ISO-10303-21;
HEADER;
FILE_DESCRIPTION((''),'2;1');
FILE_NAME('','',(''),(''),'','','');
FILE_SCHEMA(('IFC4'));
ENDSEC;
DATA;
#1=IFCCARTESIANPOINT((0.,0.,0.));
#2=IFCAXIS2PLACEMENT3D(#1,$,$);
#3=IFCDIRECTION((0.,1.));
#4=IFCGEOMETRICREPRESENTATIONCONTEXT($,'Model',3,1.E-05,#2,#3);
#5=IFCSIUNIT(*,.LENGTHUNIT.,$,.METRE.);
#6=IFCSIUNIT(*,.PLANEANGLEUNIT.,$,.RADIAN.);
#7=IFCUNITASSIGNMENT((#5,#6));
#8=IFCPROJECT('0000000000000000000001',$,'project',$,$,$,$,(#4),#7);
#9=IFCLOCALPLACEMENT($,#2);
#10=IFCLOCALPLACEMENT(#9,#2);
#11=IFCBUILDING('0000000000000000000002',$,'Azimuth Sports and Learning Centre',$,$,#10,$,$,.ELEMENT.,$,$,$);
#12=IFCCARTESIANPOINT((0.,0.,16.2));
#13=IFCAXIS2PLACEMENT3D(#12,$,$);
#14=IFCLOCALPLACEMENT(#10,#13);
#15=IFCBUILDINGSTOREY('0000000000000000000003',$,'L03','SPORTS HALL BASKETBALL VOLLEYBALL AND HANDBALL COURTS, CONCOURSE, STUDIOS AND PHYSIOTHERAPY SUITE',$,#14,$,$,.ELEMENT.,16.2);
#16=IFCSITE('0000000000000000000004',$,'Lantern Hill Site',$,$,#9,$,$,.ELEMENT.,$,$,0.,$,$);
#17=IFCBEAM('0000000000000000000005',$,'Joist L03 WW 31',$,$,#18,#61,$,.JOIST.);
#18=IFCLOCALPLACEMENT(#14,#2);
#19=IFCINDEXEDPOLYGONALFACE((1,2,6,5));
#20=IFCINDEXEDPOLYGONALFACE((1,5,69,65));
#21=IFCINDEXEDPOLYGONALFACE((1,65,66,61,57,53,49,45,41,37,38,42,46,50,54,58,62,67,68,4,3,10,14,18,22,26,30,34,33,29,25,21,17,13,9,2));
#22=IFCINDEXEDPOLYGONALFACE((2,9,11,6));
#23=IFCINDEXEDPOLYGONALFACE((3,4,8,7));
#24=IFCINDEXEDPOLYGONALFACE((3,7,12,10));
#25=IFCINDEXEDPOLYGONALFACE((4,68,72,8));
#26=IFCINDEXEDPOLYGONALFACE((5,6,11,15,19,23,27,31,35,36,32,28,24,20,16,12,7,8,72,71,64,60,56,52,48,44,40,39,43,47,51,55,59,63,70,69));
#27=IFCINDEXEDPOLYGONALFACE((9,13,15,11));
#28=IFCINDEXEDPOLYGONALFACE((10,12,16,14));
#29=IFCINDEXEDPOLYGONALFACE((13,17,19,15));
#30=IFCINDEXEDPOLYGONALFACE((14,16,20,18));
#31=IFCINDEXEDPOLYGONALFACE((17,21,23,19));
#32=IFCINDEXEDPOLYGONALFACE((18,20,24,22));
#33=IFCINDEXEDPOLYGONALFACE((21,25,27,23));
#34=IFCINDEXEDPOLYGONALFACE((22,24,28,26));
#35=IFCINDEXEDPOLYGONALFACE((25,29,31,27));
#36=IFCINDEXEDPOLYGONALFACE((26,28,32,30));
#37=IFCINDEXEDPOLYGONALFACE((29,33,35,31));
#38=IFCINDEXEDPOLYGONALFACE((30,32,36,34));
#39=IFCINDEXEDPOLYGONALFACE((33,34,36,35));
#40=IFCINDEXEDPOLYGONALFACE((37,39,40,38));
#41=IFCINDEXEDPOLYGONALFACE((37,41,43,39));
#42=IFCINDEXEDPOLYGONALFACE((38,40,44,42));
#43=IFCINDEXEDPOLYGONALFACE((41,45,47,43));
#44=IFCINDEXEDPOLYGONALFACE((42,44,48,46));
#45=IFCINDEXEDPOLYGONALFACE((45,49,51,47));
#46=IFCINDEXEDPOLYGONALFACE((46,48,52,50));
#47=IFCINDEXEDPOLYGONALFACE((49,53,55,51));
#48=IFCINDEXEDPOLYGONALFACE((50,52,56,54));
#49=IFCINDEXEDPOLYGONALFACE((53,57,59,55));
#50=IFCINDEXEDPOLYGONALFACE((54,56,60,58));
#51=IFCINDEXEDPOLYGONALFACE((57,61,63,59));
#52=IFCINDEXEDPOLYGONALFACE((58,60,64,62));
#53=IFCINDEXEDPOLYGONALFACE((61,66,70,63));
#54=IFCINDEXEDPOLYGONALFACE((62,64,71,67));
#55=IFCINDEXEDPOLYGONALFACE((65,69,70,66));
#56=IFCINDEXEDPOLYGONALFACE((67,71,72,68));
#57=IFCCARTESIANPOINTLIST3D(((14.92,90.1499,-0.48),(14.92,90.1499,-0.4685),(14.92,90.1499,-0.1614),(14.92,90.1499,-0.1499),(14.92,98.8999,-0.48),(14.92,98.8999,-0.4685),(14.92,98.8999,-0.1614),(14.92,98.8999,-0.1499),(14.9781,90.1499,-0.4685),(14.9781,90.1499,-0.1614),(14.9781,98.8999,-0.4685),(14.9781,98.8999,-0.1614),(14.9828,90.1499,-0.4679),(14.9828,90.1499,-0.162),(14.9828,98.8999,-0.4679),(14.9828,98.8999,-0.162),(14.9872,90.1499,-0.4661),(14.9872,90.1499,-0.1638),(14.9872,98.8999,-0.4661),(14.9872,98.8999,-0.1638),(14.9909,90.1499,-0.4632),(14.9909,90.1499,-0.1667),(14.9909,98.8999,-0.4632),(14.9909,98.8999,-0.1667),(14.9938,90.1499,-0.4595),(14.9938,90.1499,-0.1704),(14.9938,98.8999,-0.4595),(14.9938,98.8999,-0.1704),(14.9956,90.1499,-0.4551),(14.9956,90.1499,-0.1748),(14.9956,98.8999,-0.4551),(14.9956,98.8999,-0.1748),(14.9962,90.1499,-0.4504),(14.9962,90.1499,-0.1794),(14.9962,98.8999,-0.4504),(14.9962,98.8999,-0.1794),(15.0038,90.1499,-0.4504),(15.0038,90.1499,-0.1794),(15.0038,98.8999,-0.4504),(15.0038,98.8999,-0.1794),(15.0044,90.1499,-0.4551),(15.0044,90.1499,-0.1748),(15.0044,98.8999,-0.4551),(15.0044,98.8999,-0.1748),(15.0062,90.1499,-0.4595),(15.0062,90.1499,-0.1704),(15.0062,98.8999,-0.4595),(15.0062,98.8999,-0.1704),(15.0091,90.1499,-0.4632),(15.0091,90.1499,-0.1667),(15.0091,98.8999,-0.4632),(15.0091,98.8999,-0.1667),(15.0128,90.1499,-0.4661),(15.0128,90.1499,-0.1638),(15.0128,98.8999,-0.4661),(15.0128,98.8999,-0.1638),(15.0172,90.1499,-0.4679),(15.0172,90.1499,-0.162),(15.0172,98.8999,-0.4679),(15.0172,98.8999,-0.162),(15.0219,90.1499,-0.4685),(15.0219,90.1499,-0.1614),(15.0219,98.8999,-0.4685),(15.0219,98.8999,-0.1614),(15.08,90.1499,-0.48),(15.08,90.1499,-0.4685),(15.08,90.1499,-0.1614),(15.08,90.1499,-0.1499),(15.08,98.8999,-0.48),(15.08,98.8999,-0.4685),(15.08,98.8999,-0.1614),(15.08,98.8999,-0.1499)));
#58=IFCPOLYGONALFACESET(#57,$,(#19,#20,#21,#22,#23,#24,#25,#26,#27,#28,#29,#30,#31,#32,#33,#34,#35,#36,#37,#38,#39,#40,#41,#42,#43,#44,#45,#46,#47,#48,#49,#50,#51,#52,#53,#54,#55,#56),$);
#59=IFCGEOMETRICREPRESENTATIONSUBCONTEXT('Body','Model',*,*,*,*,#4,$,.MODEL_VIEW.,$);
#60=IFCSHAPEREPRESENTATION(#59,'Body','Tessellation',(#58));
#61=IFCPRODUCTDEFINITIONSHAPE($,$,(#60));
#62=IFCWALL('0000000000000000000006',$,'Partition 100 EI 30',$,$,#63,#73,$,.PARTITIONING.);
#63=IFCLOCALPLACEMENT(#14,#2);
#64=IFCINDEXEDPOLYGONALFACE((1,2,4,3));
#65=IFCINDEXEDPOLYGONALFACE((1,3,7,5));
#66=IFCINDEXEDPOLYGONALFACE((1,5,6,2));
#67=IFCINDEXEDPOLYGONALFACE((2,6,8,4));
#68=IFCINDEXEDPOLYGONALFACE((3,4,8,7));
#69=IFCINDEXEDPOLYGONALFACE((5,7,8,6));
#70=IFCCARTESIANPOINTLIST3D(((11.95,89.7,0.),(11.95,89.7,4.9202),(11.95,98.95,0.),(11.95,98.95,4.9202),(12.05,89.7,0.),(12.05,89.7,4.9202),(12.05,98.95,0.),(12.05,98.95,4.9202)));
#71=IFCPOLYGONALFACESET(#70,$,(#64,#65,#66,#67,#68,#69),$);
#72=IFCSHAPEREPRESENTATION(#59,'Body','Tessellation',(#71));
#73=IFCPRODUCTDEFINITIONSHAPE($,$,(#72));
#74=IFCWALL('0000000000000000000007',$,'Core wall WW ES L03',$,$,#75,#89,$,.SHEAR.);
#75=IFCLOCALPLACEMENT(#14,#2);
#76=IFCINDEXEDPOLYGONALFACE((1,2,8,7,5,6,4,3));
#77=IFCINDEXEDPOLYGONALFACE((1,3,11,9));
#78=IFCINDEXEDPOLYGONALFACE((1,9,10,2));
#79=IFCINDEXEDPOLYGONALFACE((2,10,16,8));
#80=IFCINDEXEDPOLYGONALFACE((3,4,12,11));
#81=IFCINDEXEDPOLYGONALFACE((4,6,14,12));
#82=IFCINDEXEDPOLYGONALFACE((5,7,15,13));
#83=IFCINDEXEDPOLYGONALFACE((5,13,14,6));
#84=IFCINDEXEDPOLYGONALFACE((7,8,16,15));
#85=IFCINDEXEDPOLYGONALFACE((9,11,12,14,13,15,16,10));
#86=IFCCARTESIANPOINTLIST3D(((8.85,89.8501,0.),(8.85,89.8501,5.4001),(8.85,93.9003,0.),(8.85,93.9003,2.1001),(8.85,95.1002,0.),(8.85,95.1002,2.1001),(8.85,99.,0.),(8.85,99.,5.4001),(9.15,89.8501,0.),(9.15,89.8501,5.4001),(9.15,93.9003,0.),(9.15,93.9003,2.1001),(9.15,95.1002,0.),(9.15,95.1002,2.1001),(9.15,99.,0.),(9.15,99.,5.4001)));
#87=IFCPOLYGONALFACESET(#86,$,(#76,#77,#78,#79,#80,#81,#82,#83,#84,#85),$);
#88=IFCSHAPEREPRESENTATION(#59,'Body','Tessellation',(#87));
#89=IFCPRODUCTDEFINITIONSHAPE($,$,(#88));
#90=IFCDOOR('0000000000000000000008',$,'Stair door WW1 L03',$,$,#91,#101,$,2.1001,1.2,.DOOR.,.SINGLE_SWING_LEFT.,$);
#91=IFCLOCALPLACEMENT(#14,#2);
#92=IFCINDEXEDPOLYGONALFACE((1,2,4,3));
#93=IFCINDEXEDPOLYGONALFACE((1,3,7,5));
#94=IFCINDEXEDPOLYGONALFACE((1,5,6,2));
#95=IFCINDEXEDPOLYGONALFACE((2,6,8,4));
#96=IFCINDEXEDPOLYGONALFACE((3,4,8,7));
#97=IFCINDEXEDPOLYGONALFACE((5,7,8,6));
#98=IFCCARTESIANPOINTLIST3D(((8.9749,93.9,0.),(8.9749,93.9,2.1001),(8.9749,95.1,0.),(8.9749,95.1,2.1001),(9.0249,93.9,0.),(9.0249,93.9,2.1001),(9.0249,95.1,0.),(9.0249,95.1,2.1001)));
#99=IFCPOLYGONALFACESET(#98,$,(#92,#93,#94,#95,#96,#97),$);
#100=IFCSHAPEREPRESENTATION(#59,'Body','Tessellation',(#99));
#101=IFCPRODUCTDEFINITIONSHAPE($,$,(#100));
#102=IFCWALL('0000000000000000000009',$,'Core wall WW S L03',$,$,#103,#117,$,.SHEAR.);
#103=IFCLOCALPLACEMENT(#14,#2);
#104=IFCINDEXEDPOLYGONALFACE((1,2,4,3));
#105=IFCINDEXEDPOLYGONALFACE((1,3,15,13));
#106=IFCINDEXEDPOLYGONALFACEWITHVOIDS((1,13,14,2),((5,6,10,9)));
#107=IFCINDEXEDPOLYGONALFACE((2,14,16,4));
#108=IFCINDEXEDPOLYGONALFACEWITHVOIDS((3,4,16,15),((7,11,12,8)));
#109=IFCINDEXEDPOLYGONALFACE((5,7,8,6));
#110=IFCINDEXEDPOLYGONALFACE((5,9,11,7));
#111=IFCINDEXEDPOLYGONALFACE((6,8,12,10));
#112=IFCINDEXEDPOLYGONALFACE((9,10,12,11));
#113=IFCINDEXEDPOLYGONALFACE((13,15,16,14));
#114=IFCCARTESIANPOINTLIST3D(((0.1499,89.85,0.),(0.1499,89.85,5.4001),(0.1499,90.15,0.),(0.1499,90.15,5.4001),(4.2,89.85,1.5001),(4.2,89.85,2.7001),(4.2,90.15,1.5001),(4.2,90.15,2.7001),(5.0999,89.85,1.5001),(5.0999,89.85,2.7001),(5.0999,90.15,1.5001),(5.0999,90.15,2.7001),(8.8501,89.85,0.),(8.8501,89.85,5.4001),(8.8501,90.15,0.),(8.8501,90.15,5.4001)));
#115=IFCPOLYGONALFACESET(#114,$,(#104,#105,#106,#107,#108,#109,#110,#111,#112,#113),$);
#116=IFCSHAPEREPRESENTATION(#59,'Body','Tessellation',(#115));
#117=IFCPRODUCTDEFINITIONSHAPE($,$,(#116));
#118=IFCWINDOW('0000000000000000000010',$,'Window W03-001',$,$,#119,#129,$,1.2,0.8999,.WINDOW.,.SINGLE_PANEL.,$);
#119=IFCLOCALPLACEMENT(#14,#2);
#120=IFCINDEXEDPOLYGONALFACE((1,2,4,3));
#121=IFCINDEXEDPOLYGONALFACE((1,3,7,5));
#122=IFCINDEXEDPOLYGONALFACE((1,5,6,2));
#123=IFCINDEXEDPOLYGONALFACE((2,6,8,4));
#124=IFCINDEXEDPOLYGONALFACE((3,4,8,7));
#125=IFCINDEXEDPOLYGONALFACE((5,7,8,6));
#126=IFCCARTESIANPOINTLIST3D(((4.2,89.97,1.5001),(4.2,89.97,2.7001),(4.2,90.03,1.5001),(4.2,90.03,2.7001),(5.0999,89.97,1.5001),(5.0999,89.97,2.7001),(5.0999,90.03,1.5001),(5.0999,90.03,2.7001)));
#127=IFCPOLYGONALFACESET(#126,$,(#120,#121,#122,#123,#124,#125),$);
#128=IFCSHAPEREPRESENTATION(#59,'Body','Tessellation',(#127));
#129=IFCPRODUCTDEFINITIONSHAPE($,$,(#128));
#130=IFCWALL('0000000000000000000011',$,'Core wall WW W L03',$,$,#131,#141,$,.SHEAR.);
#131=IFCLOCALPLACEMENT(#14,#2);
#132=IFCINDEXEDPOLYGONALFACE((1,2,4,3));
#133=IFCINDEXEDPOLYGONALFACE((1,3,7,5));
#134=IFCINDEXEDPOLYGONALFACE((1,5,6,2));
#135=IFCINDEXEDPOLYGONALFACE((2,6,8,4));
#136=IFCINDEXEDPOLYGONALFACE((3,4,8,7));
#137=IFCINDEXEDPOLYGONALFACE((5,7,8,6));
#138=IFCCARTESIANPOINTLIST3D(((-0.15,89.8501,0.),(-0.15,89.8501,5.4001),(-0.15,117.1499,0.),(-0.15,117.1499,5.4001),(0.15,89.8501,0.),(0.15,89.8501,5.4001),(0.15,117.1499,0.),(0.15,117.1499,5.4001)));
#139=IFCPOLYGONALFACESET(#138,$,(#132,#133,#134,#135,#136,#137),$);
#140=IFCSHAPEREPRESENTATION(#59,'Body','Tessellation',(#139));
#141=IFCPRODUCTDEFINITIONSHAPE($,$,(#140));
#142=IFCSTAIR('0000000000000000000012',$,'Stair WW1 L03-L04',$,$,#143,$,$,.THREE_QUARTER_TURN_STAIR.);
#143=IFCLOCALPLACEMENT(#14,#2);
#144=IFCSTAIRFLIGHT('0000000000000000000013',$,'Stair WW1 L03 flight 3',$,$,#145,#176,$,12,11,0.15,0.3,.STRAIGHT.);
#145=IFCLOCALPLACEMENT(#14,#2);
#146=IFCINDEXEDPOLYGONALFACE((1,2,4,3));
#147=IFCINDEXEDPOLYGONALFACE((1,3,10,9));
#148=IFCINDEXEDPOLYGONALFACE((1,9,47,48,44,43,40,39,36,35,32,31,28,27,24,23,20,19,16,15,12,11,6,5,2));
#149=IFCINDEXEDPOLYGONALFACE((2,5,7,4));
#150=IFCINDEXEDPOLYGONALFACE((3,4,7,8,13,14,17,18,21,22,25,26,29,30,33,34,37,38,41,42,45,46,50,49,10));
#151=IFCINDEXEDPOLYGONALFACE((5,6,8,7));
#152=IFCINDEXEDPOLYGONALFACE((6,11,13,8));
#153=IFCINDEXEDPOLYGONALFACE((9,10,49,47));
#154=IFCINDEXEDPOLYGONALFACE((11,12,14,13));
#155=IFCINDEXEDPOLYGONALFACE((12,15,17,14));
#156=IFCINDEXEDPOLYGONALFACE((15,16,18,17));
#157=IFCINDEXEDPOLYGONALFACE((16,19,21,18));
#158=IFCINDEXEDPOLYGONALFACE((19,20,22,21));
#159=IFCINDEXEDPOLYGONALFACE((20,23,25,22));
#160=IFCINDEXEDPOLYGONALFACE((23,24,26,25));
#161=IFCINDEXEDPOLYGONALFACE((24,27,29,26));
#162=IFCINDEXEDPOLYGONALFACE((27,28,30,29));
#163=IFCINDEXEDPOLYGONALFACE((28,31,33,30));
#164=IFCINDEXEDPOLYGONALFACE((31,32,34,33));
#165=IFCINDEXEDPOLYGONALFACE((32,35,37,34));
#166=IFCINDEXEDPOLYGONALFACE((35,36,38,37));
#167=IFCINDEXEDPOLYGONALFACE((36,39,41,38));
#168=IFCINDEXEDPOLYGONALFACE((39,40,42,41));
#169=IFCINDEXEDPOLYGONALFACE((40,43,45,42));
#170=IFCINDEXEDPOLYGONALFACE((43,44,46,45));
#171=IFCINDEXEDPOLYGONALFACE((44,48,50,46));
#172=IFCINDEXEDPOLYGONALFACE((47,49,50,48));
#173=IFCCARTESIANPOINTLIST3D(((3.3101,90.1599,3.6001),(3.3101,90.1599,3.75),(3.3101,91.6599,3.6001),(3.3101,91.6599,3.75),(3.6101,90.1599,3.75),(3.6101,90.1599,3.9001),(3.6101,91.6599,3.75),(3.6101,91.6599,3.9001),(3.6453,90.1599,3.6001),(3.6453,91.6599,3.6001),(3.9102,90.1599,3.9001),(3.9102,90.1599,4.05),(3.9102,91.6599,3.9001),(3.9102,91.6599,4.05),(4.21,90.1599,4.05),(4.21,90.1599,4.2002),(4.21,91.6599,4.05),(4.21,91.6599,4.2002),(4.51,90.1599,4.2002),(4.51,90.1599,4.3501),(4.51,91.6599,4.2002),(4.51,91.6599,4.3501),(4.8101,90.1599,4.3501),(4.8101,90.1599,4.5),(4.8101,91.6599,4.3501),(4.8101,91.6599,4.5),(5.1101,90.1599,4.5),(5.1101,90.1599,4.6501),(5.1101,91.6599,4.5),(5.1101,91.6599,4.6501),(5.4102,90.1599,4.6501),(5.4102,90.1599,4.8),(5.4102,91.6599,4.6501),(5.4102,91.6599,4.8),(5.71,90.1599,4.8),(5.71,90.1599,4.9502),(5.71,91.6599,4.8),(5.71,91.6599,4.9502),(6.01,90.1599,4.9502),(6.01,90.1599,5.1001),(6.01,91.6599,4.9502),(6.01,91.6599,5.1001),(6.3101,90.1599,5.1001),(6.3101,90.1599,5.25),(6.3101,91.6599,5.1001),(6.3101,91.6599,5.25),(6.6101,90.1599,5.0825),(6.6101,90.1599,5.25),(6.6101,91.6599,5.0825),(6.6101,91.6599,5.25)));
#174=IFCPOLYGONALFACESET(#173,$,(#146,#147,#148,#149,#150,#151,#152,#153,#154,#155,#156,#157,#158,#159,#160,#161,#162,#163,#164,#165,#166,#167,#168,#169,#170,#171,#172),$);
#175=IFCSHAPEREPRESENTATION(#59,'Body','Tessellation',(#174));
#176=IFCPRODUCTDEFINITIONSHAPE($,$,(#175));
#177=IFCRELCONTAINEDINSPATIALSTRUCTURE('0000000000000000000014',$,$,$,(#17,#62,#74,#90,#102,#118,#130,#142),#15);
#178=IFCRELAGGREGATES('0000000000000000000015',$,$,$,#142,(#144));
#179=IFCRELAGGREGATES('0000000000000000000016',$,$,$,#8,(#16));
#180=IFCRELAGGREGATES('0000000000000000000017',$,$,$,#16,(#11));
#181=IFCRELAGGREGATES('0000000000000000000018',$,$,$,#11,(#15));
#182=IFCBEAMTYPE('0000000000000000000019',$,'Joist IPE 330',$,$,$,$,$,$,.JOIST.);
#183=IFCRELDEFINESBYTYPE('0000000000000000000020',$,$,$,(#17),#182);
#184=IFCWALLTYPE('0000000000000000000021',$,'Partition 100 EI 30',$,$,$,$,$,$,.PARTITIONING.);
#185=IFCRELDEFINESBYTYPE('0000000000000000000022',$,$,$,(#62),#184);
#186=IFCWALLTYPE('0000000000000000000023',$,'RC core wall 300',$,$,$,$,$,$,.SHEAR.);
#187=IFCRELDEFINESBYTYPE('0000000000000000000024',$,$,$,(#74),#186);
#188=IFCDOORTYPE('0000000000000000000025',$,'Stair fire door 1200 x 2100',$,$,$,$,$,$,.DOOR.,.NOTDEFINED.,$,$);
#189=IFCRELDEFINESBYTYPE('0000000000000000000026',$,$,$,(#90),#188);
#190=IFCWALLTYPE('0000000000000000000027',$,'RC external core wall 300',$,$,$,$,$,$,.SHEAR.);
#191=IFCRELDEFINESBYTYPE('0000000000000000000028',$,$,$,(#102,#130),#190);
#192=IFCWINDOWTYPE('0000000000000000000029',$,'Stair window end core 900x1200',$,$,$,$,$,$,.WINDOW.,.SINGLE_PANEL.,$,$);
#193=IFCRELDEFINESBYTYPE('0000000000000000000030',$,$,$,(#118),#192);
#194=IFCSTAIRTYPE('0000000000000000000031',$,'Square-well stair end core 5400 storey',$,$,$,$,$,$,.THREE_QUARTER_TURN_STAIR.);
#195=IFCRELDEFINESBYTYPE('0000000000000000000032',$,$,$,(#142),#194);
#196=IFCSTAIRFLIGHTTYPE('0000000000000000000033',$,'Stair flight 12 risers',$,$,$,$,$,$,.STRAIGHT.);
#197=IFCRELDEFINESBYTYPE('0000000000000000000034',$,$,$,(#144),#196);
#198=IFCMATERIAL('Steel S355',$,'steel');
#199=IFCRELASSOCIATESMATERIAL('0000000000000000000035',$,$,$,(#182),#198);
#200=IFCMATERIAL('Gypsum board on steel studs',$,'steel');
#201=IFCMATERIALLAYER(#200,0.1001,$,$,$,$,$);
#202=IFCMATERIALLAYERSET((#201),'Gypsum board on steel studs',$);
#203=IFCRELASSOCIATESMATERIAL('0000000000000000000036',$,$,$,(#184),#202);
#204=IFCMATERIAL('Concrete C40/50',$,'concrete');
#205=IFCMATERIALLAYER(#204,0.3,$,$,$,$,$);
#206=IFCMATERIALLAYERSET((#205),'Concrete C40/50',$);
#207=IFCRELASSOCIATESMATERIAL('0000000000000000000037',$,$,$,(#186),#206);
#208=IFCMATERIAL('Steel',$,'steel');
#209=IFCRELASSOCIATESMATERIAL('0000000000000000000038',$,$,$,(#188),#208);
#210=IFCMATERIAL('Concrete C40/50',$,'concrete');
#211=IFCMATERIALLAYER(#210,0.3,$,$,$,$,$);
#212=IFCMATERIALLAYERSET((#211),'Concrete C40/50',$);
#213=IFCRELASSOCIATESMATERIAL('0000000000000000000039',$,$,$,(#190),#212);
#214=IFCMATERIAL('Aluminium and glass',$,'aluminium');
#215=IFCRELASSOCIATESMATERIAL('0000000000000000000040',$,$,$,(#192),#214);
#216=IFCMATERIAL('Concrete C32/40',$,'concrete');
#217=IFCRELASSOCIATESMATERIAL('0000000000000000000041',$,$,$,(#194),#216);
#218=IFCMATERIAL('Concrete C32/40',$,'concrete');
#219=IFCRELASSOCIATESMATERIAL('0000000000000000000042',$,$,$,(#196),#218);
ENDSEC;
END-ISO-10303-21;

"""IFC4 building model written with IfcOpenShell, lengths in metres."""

from ifc_helpers import new_model, si_unit, direction, frame, frame_2d, origin, origin_2d, place, context, subcontext, project, spatial, polyline, rectangle, i_section, outline, extrude, material, layer, layer_set, material_profile, profile_set, type_object, element, fill, aggregate, save


model = new_model("IFC4")

# Units and contexts
model_context = context("Model", 3, precision=1e-05, world=origin(), true_north=direction((0.0, 1.0)))
body_context = subcontext(model_context, "Body", "Model", "MODEL_VIEW")
ifc_project = project(units=[si_unit("LENGTHUNIT", "METRE"), si_unit("PLANEANGLEUNIT", "RADIAN")], contexts=[model_context])

# Site, building, storey
site_placement = place(None, origin())
site = spatial("IfcSite", under=ifc_project, at=site_placement, Name="Lantern Hill Site", CompositionType="ELEMENT", RefElevation=0.0)
building_placement = place(site_placement, origin())
building = spatial("IfcBuilding", under=site, at=building_placement, Name="Azimuth Sports and Learning Centre", CompositionType="ELEMENT")
storey_placement = place(building_placement, frame((0.0, 0.0, 16.2)))
storey = spatial("IfcBuildingStorey", under=building, at=storey_placement, Name="L03", Description="SPORTS HALL BASKETBALL VOLLEYBALL AND HANDBALL COURTS, CONCOURSE, STUDIOS AND PHYSIOTHERAPY SUITE", CompositionType="ELEMENT", Elevation=16.2)

# Beam
ifc_material_1 = material(Name="Steel S355", Category="steel")
ifc_material_profile_1 = material_profile(ifc_material_1, i_section(OverallWidth=0.1599, OverallDepth=0.3301, WebThickness=0.0076, FlangeThickness=0.0115, FilletRadius=0.0181, at=origin_2d()), Name="IPE 330")
ifc_profile_set_1 = profile_set([ifc_material_profile_1], Name="Steel S355")
beam_type_1 = type_object("IfcBeamType", Name="Joist IPE 330", PredefinedType="JOIST", material=ifc_profile_set_1)
for number, where, z_axis, x_axis, name in (
    (1, (15.0, 90.1499, -0.3149), (0.0, 1.0, 0.0), (-1.0, 0.0, 0.0), "Joist L03 WW 31"),
):
    element("IfcBeam", number, at=place(storey_placement, frame(where, z_axis=z_axis, x_axis=x_axis)), inside=storey, type_object=beam_type_1, Name=name, PredefinedType="JOIST", context=body_context, shape_type="SweptSolid", body=[
        extrude(i_section(OverallWidth=0.1599, OverallDepth=0.3301, WebThickness=0.0076, FlangeThickness=0.0115, FilletRadius=0.0181, at=origin_2d()), origin(), (0.0, 0.0, 1.0), 8.75),
    ])

# Wall
ifc_material_2 = material(Name="Gypsum board on steel studs", Category="steel")
ifc_layer_1 = layer(ifc_material_2, 0.1001)
ifc_layer_set_1 = layer_set([ifc_layer_1], Name="Gypsum board on steel studs")
wall_type_1 = type_object("IfcWallType", Name="Partition 100 EI 30", PredefinedType="PARTITIONING", material=ifc_layer_set_1)
wall_1_placement = place(storey_placement, frame((12.0, 89.7, 0.0), z_axis=(0.0, 0.0, 1.0), x_axis=(0.0, 1.0, 0.0)))
element("IfcWall", 2, at=wall_1_placement, inside=storey, type_object=wall_type_1, Name="Partition 100 EI 30", PredefinedType="PARTITIONING", context=body_context, shape_type="SweptSolid", body=[
    extrude(rectangle(XDim=9.25, YDim=0.1001, at=frame_2d((4.625, 0.0))), origin(), (0.0, 0.0, 1.0), 4.9202),
])

# Wall, opening, door
ifc_material_3 = material(Name="Concrete C40/50", Category="concrete")
ifc_layer_2 = layer(ifc_material_3, 0.3)
ifc_layer_set_2 = layer_set([ifc_layer_2], Name="Concrete C40/50")
wall_type_2 = type_object("IfcWallType", Name="RC core wall 300", PredefinedType="SHEAR", material=ifc_layer_set_2)
wall_2_placement = place(storey_placement, frame((9.0, 89.8501, 0.0), z_axis=(0.0, 0.0, 1.0), x_axis=(0.0, 1.0, 0.0)))
wall_2 = element("IfcWall", 3, at=wall_2_placement, inside=storey, type_object=wall_type_2, Name="Core wall WW ES L03", PredefinedType="SHEAR", context=body_context, shape_type="SweptSolid", body=[
    extrude(rectangle(XDim=9.1499, YDim=0.3, at=frame_2d((4.575, 0.0))), origin(), (0.0, 0.0, 1.0), 5.4001),
])
opening_1_placement = place(wall_2_placement, frame((4.05, 0.0, 0.0)))
opening_1 = element("IfcOpeningElement", 4, at=opening_1_placement, cuts=wall_2, PredefinedType="OPENING", context=body_context, shape_type="SweptSolid", body=[
    extrude(rectangle(XDim=1.2, YDim=2.1001, at=frame_2d((0.6001, 1.05))), frame((0.0, 0.1611, 0.0), z_axis=(0.0, -1.0, 0.0), x_axis=(1.0, 0.0, 0.0)), (0.0, 0.0, 1.0), 0.322),
])
ifc_material_4 = material(Name="Steel", Category="steel")
door_type = type_object("IfcDoorType", Name="Stair fire door 1200 x 2100", OperationType="NOTDEFINED", PredefinedType="DOOR", material=ifc_material_4)
door_placement = place(opening_1_placement, frame((1.2, 0.0, 0.0), z_axis=(0.0, 0.0, 1.0), x_axis=(-1.0, 0.0, 0.0)))
door = element("IfcDoor", 5, at=door_placement, inside=storey, type_object=door_type, Name="Stair door WW1 L03", OperationType="SINGLE_SWING_LEFT", OverallHeight=2.1001, OverallWidth=1.2, PredefinedType="DOOR", context=body_context, shape_type="SweptSolid", body=[
    extrude(rectangle(XDim=1.2, YDim=2.1001, at=frame_2d((0.6001, 1.05))), frame((0.0, 0.0249, 0.0), z_axis=(0.0, -1.0, 0.0), x_axis=(1.0, 0.0, 0.0)), (0.0, 0.0, 1.0), 0.05),
])
fill(opening_1, door)

# Wall, opening, window
ifc_material_5 = material(Name="Concrete C40/50", Category="concrete")
ifc_layer_3 = layer(ifc_material_5, 0.3)
ifc_layer_set_3 = layer_set([ifc_layer_3], Name="Concrete C40/50")
wall_type_3 = type_object("IfcWallType", Name="RC external core wall 300", PredefinedType="SHEAR", material=ifc_layer_set_3)
wall_3_placement = place(storey_placement, frame((0.1499, 90.0, 0.0), z_axis=(0.0, 0.0, 1.0), x_axis=(1.0, 0.0, 0.0)))
wall_3 = element("IfcWall", 6, at=wall_3_placement, inside=storey, type_object=wall_type_3, Name="Core wall WW S L03", PredefinedType="SHEAR", context=body_context, shape_type="SweptSolid", body=[
    extrude(rectangle(XDim=8.7002, YDim=0.3, at=frame_2d((4.3501, 0.0))), origin(), (0.0, 0.0, 1.0), 5.4001),
])
opening_2_placement = place(wall_3_placement, frame((4.05, 0.0, 1.5)))
opening_2 = element("IfcOpeningElement", 7, at=opening_2_placement, cuts=wall_3, PredefinedType="OPENING", context=body_context, shape_type="SweptSolid", body=[
    extrude(rectangle(XDim=0.8999, YDim=1.2, at=frame_2d((0.45, 0.6001))), frame((0.0, 0.1611, 0.0), z_axis=(0.0, -1.0, 0.0), x_axis=(1.0, 0.0, 0.0)), (0.0, 0.0, 1.0), 0.322),
])
ifc_material_6 = material(Name="Aluminium and glass", Category="aluminium")
window_type = type_object("IfcWindowType", Name="Stair window end core 900x1200", PartitioningType="SINGLE_PANEL", PredefinedType="WINDOW", material=ifc_material_6)
window_placement = place(opening_2_placement, origin())
window = element("IfcWindow", 8, at=window_placement, inside=storey, type_object=window_type, Name="Window W03-001", OverallHeight=1.2, OverallWidth=0.8999, PartitioningType="SINGLE_PANEL", PredefinedType="WINDOW", context=body_context, shape_type="SweptSolid", body=[
    extrude(rectangle(XDim=0.8999, YDim=1.2, at=frame_2d((0.45, 0.6001))), frame((0.0, 0.03, 0.0), z_axis=(0.0, -1.0, 0.0), x_axis=(1.0, 0.0, 0.0)), (0.0, 0.0, 1.0), 0.0601),
])
fill(opening_2, window)

# Wall
wall_4_placement = place(storey_placement, frame((0.0, 89.8501, 0.0), z_axis=(0.0, 0.0, 1.0), x_axis=(0.0, 1.0, 0.0)))
element("IfcWall", 9, at=wall_4_placement, inside=storey, type_object=wall_type_3, Name="Core wall WW W L03", PredefinedType="SHEAR", context=body_context, shape_type="SweptSolid", body=[
    extrude(rectangle(XDim=27.2998, YDim=0.3, at=frame_2d((13.6499, 0.0))), origin(), (0.0, 0.0, 1.0), 5.4001),
])

# Stair, stair flight
ifc_material_7 = material(Name="Concrete C32/40", Category="concrete")
stair_type = type_object("IfcStairType", Name="Square-well stair end core 5400 storey", PredefinedType="THREE_QUARTER_TURN_STAIR", material=ifc_material_7)
stair_placement = place(storey_placement, origin())
stair = element("IfcStair", 10, at=stair_placement, inside=storey, type_object=stair_type, Name="Stair WW1 L03-L04", PredefinedType="THREE_QUARTER_TURN_STAIR")
ifc_material_8 = material(Name="Concrete C32/40", Category="concrete")
stair_flight_type = type_object("IfcStairFlightType", Name="Stair flight 12 risers", PredefinedType="STRAIGHT", material=ifc_material_8)
stair_flight_placement = place(storey_placement, frame((3.3101, 90.9099, 3.6001), z_axis=(0.0, 0.0, 1.0), x_axis=(1.0, 0.0, 0.0)))
stair_flight = element("IfcStairFlight", 11, at=stair_flight_placement, type_object=stair_flight_type, Name="Stair WW1 L03 flight 3", NumberOfRisers=12, NumberOfTreads=11, PredefinedType="STRAIGHT", RiserHeight=0.15, TreadLength=0.3, context=body_context, shape_type="SweptSolid", body=[
    extrude(outline(polyline([(0.0, 0.0), (0.0, 0.1499), (0.3, 0.1499), (0.3, 0.3), (0.6001, 0.3), (0.6001, 0.45), (0.8999, 0.45), (0.8999, 0.6001), (1.2, 0.6001), (1.2, 0.75), (1.5, 0.75), (1.5, 0.8999), (1.8, 0.8999), (1.8, 1.05), (2.1001, 1.05), (2.1001, 1.2), (2.3999, 1.2), (2.3999, 1.3501), (2.7, 1.3501), (2.7, 1.5), (3.0, 1.5), (3.0, 1.6499), (3.3, 1.6499), (3.3, 1.8), (3.3, 1.4824), (0.3352, 0.0), (0.0, 0.0)])), frame((0.0, 0.75, 0.0), z_axis=(0.0, -1.0, 0.0), x_axis=(1.0, 0.0, 0.0)), (0.0, 0.0, 1.0), 1.5),
])
aggregate(stair, [stair_flight])

save(model, "model.ifc")
